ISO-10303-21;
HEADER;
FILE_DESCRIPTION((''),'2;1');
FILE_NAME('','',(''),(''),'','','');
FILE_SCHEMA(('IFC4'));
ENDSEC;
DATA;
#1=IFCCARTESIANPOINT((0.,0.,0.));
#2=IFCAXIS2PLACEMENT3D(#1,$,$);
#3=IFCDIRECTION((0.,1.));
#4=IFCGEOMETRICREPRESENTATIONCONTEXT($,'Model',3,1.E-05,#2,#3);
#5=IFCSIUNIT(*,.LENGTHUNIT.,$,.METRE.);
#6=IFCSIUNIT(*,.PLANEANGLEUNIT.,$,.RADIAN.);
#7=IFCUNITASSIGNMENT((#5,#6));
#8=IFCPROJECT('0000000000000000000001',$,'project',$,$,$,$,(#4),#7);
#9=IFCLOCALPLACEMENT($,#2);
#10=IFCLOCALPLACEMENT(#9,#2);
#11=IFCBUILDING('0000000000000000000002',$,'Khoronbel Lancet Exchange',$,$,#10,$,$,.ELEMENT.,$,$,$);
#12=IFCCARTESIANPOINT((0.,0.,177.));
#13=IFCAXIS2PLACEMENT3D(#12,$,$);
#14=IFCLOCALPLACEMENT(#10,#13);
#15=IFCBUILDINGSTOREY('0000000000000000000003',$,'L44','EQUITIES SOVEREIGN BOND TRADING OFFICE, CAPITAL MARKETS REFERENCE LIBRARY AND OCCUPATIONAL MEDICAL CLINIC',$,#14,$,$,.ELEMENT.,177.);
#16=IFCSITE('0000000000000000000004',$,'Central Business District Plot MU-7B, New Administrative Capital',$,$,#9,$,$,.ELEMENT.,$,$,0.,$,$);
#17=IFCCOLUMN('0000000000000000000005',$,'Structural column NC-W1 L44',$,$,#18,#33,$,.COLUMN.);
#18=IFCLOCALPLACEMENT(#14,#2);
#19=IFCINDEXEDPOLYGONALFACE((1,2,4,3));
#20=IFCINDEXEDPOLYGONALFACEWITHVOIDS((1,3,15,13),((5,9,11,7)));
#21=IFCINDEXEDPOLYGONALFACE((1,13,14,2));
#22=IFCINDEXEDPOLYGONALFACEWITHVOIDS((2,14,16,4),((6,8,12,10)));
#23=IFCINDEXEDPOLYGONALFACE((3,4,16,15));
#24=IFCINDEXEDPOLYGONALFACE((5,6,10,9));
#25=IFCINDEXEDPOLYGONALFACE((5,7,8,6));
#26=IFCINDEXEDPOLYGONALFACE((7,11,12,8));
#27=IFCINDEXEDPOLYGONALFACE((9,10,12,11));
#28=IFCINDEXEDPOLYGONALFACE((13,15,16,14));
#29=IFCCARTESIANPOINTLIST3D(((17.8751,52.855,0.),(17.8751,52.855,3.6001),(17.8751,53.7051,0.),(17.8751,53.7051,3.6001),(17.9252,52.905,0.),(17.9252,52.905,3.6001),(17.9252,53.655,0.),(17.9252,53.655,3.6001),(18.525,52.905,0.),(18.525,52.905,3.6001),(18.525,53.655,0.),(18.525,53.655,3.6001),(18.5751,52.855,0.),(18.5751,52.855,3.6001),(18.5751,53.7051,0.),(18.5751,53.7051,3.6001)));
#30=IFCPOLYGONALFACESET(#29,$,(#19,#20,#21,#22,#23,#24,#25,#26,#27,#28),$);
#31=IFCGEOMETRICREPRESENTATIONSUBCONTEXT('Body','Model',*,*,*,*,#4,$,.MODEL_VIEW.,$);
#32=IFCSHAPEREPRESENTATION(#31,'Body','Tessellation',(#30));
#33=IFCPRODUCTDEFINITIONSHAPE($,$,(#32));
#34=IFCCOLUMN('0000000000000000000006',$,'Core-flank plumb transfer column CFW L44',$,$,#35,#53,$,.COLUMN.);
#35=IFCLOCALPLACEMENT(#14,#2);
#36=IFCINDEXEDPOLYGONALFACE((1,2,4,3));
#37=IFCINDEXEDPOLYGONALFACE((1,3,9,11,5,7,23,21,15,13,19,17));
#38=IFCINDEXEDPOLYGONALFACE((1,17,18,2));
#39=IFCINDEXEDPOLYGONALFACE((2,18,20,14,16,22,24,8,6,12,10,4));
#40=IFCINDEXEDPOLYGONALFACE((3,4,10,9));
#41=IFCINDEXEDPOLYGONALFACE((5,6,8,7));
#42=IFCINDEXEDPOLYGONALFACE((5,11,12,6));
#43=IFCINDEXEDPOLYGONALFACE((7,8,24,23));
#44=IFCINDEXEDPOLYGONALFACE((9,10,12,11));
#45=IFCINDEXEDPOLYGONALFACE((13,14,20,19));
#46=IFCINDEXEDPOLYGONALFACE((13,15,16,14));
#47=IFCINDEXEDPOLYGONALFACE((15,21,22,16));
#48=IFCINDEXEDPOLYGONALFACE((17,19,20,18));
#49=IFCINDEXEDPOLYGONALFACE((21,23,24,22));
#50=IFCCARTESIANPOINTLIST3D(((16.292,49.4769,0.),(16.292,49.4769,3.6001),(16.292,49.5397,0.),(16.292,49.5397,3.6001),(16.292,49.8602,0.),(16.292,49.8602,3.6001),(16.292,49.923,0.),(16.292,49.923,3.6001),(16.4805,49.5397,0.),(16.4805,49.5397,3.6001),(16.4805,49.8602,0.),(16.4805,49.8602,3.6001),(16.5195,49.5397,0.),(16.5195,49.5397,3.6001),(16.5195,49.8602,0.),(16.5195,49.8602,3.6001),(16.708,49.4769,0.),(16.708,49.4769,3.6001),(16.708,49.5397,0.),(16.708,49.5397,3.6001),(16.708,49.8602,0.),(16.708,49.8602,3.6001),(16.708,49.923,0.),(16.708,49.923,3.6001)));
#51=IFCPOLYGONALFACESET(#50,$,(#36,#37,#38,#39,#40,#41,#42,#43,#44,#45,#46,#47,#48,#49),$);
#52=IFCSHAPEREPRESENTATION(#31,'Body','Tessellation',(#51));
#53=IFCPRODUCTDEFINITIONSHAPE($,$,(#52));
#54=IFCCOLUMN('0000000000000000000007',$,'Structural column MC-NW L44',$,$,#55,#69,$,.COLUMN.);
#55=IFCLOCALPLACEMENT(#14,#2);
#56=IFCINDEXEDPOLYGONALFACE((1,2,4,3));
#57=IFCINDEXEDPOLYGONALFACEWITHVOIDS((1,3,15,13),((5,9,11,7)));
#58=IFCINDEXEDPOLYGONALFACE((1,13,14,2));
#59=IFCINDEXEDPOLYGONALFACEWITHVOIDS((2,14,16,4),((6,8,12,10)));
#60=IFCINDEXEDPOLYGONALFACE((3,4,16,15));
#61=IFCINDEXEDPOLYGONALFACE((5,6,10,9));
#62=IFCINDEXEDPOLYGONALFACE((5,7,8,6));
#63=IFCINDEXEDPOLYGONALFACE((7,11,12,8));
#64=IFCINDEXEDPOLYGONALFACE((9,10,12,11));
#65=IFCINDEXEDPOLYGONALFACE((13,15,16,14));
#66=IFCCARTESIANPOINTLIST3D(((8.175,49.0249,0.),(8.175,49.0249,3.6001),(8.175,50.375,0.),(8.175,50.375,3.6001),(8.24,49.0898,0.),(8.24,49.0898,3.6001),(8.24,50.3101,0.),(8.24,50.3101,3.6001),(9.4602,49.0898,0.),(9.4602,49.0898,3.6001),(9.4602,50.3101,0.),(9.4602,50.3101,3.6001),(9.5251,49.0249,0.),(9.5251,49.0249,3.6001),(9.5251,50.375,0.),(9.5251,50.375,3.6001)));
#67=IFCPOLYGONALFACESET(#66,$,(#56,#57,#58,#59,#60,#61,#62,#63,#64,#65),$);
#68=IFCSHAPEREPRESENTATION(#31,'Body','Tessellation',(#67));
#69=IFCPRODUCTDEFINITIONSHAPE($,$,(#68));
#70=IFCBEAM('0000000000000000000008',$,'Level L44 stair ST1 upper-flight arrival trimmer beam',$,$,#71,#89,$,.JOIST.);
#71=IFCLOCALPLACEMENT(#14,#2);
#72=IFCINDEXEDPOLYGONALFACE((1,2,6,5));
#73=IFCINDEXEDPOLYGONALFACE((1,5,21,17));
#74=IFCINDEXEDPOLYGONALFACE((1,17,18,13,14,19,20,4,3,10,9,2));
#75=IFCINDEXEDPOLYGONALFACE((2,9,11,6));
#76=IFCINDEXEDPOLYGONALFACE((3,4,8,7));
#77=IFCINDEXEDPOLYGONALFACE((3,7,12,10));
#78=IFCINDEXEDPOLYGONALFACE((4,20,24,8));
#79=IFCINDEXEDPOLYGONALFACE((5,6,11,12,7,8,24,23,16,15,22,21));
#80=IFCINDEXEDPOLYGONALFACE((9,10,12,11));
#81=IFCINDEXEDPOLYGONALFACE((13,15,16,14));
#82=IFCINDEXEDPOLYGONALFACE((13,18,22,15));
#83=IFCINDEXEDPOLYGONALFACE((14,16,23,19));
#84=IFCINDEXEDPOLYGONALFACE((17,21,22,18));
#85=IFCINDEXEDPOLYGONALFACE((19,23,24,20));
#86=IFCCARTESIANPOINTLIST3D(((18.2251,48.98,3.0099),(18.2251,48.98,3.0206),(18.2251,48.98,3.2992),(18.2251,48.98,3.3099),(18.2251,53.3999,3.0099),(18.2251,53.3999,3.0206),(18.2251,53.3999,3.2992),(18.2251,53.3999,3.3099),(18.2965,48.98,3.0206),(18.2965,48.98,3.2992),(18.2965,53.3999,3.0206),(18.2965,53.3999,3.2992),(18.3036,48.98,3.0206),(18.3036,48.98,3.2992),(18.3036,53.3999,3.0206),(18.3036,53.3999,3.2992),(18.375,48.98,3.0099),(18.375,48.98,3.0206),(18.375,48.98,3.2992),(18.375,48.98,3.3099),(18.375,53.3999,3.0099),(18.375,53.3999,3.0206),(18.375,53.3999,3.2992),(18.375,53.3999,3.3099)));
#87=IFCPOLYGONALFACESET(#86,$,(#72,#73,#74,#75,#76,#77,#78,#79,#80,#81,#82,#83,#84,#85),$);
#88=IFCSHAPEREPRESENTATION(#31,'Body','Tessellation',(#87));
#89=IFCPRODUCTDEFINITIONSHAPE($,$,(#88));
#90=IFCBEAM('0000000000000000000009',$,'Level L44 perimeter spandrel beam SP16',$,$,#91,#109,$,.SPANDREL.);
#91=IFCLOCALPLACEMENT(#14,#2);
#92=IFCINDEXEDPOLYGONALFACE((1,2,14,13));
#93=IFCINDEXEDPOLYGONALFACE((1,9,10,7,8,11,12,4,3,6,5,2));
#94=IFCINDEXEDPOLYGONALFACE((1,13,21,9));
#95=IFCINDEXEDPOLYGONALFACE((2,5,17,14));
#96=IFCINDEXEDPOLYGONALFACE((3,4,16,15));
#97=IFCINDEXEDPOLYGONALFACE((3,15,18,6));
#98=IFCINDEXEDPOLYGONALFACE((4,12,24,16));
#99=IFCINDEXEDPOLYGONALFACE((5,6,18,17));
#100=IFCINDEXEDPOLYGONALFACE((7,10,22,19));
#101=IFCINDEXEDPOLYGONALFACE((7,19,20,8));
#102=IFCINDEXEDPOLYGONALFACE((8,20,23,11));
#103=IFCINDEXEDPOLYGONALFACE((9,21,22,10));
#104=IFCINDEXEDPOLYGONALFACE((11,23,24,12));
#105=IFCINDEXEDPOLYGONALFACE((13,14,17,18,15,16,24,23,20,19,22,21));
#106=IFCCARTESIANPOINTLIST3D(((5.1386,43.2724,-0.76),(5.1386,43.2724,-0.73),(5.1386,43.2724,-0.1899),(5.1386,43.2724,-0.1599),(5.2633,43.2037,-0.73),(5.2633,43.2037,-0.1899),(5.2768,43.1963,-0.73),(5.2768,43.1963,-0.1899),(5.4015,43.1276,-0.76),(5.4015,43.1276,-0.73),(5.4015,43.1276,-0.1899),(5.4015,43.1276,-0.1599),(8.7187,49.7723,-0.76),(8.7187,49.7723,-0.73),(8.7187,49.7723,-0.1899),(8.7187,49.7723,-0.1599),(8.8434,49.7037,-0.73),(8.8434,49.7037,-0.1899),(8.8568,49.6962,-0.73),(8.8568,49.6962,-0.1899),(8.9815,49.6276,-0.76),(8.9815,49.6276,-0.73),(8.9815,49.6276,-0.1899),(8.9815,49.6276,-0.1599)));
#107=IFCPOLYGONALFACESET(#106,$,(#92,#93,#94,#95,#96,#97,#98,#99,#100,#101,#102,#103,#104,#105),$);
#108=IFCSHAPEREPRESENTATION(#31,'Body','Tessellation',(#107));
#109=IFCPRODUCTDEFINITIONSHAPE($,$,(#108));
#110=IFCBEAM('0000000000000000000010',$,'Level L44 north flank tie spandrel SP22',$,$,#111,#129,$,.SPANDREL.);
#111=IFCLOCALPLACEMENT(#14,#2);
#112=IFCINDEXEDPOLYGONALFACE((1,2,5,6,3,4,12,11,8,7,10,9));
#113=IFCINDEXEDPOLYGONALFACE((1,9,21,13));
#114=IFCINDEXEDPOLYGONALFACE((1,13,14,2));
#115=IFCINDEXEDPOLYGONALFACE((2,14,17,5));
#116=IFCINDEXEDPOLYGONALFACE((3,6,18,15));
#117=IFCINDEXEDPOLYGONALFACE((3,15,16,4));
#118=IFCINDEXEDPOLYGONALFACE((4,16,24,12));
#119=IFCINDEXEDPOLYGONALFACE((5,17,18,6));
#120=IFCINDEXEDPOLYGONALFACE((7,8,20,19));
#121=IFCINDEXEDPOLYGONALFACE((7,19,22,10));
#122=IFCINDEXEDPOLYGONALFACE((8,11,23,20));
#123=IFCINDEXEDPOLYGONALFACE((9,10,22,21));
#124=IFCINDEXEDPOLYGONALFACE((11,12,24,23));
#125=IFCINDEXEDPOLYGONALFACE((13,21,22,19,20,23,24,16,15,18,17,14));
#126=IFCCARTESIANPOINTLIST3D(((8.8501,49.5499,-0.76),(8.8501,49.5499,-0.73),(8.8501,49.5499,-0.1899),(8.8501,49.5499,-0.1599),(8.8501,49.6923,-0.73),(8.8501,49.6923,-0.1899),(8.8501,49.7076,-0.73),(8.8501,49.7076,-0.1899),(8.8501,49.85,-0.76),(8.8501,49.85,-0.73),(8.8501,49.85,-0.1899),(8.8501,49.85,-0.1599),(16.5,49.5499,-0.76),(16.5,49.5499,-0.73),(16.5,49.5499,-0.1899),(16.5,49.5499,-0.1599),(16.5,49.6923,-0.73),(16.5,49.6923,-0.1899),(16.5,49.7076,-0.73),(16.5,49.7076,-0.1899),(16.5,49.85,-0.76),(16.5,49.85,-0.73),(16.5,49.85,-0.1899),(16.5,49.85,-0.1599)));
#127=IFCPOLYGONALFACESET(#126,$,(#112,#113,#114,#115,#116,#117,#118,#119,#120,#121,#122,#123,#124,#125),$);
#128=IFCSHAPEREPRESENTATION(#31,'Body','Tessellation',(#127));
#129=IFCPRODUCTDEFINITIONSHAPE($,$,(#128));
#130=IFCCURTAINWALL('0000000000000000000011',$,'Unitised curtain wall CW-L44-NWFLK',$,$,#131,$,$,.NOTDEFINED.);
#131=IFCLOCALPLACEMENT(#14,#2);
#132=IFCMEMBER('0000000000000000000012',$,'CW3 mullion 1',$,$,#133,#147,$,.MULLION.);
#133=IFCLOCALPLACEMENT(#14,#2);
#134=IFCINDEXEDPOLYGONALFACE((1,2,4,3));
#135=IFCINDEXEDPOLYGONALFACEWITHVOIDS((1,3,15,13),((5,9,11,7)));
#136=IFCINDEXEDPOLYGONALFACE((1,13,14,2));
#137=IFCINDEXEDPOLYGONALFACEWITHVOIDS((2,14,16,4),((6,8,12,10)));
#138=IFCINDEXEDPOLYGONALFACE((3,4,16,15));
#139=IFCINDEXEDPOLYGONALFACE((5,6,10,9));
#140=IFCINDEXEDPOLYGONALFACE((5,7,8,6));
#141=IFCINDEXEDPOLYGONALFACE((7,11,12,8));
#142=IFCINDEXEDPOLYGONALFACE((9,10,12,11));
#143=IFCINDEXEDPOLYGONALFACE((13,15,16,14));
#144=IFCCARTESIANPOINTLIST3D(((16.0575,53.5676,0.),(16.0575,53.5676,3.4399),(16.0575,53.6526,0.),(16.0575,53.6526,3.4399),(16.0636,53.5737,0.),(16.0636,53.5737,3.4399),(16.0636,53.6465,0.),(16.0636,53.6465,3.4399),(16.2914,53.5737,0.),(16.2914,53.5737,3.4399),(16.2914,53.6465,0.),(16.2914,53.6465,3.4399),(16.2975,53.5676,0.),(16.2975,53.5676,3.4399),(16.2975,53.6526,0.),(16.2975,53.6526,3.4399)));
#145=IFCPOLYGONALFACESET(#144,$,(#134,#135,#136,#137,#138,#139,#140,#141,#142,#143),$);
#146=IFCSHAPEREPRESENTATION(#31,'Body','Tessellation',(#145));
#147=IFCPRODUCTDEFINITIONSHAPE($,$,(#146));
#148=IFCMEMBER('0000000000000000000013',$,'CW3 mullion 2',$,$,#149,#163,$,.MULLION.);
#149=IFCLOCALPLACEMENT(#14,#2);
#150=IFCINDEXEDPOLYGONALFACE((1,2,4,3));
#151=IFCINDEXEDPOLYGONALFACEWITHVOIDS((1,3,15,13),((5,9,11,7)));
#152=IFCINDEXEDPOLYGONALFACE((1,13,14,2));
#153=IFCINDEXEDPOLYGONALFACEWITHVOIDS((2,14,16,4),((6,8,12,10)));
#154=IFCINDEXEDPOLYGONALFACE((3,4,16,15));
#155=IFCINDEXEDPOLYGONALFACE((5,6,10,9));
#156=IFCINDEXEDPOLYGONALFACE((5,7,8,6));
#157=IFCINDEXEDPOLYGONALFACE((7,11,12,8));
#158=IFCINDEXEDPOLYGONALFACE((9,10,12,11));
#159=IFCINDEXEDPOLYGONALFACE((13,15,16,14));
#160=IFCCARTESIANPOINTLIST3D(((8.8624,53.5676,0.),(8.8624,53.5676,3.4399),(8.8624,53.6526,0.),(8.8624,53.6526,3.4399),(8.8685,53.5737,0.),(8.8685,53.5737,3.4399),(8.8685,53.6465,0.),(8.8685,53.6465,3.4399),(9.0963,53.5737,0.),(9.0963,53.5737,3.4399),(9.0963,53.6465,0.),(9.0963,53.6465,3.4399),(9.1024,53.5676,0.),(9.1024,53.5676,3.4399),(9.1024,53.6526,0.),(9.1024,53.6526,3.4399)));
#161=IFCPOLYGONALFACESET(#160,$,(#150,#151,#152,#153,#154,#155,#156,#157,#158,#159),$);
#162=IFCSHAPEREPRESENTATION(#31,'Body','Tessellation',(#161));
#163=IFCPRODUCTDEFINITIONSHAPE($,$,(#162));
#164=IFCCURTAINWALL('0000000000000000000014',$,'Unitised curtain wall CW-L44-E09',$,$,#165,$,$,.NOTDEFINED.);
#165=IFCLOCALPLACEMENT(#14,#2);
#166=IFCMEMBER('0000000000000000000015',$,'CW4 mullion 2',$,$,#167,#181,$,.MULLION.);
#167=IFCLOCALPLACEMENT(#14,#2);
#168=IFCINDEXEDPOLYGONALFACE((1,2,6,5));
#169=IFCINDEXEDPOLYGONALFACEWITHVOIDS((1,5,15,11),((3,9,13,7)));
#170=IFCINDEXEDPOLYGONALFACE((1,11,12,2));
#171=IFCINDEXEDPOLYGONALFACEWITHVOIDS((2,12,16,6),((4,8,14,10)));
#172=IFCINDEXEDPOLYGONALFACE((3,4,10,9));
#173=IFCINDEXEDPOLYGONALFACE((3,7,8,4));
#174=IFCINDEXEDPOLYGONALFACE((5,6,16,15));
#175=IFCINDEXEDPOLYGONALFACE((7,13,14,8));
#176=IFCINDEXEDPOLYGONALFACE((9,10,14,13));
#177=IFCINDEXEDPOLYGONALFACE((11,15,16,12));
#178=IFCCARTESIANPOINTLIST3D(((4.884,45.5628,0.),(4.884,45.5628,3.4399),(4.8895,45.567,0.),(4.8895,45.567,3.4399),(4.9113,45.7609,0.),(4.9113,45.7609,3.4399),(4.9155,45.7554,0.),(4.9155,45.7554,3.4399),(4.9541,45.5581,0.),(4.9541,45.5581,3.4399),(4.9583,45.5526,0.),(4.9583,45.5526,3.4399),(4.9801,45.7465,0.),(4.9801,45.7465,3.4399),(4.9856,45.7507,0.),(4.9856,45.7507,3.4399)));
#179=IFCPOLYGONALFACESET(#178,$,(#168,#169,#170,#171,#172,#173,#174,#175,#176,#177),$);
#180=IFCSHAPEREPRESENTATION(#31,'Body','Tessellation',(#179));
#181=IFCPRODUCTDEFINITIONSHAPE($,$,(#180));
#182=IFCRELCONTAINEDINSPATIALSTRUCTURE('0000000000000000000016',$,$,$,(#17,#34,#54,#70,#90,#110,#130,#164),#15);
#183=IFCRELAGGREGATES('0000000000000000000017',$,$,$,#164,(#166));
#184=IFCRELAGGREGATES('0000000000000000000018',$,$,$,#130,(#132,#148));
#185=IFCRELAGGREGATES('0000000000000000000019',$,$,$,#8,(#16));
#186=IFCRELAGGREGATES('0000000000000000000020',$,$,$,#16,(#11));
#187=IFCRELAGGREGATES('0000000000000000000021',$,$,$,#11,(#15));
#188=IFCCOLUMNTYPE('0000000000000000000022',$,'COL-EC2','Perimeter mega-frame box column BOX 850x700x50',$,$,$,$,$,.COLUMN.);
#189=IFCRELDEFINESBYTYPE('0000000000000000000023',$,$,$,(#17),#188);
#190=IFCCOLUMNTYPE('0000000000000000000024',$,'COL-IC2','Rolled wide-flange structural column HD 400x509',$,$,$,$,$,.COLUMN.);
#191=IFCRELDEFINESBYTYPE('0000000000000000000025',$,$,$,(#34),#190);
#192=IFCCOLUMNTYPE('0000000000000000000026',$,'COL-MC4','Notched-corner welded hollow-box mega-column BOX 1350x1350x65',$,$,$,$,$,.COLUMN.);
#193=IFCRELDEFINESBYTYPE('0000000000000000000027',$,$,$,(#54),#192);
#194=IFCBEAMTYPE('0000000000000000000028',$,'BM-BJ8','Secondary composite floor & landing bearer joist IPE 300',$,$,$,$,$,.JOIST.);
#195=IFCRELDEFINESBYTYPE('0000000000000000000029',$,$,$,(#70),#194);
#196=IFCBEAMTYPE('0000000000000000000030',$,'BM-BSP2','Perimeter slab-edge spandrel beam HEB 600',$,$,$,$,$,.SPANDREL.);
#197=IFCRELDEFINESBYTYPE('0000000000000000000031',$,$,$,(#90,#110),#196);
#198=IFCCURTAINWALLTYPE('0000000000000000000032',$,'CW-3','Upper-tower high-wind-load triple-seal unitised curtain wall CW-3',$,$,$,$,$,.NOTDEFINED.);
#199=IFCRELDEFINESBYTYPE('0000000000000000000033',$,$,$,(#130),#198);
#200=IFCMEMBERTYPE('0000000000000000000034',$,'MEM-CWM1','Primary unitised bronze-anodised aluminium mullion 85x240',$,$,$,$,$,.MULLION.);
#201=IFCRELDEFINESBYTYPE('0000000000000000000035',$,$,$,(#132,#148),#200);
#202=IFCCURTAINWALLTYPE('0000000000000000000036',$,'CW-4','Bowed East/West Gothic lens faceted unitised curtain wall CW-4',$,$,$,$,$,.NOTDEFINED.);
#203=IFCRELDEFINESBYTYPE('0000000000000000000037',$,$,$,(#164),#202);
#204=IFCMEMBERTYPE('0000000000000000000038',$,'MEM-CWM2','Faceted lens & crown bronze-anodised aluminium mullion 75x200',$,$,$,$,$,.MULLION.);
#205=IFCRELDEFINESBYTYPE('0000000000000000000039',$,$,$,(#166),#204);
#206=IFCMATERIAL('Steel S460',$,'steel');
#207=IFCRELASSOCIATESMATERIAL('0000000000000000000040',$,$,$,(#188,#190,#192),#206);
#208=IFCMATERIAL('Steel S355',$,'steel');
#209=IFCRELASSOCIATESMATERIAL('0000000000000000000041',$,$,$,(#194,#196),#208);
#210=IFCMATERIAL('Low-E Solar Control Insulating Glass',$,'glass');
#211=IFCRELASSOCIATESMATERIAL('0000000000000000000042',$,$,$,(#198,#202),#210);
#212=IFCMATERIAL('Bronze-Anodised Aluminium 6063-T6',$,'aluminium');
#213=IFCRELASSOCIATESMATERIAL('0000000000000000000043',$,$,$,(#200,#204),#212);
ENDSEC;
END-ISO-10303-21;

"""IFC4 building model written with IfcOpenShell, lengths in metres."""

from ifc_helpers import new_model, si_unit, direction, frame, origin, origin_2d, place, context, subcontext, project, spatial, hollow_rectangle, i_section, extrude, material, material_profile, profile_set, type_object, element, aggregate, save


model = new_model("IFC4")

# Units and contexts
model_context = context("Model", 3, precision=1e-05, world=origin(), true_north=direction((0.0, 1.0)))
body_context = subcontext(model_context, "Body", "Model", "MODEL_VIEW")
ifc_project = project(units=[si_unit("LENGTHUNIT", "METRE"), si_unit("PLANEANGLEUNIT", "RADIAN")], contexts=[model_context])

# Site, building, storey
site_placement = place(None, origin())
site = spatial("IfcSite", under=ifc_project, at=site_placement, Name="Central Business District Plot MU-7B, New Administrative Capital", CompositionType="ELEMENT", RefElevation=0.0)
building_placement = place(site_placement, origin())
building = spatial("IfcBuilding", under=site, at=building_placement, Name="Khoronbel Lancet Exchange", CompositionType="ELEMENT")
storey_placement = place(building_placement, frame((0.0, 0.0, 177.0)))
storey = spatial("IfcBuildingStorey", under=building, at=storey_placement, Name="L44", Description="EQUITIES SOVEREIGN BOND TRADING OFFICE, CAPITAL MARKETS REFERENCE LIBRARY AND OCCUPATIONAL MEDICAL CLINIC", CompositionType="ELEMENT", Elevation=177.0)

# Columns
ifc_material_1 = material(Name="Steel S460", Category="steel")
ifc_material_profile_1 = material_profile(ifc_material_1, hollow_rectangle(XDim=0.7, YDim=0.8501, WallThickness=0.05, at=origin_2d()), Name="BOX 850x700x50")
ifc_profile_set_1 = profile_set([ifc_material_profile_1], Name="Steel S460")
column_type_1 = type_object("IfcColumnType", Name="COL-EC2", Description="Perimeter mega-frame box column BOX 850x700x50", PredefinedType="COLUMN", material=ifc_profile_set_1)
column_1_placement = place(storey_placement, frame((18.2251, 53.28, 0.0), z_axis=(0.0, 0.0, 1.0), x_axis=(1.0, 0.0, 0.0)))
element("IfcColumn", 1, at=column_1_placement, inside=storey, type_object=column_type_1, Name="Structural column NC-W1 L44", PredefinedType="COLUMN", context=body_context, shape_type="SweptSolid", body=[
    extrude(hollow_rectangle(XDim=0.7, YDim=0.8501, WallThickness=0.05, at=origin_2d()), origin(), (0.0, 0.0, 1.0), 3.6001),
])
ifc_material_profile_2 = material_profile(ifc_material_1, i_section(OverallWidth=0.416, OverallDepth=0.446, WebThickness=0.0391, FlangeThickness=0.0627, at=origin_2d()), Name="HD 400x509")
ifc_profile_set_2 = profile_set([ifc_material_profile_2], Name="Steel S460")
column_type_2 = type_object("IfcColumnType", Name="COL-IC2", Description="Rolled wide-flange structural column HD 400x509", PredefinedType="COLUMN", material=ifc_profile_set_2)
column_2_placement = place(storey_placement, frame((16.5, 49.7, 0.0), z_axis=(0.0, 0.0, 1.0), x_axis=(1.0, 0.0, 0.0)))
element("IfcColumn", 2, at=column_2_placement, inside=storey, type_object=column_type_2, Name="Core-flank plumb transfer column CFW L44", PredefinedType="COLUMN", context=body_context, shape_type="SweptSolid", body=[
    extrude(i_section(OverallWidth=0.416, OverallDepth=0.446, WebThickness=0.0391, FlangeThickness=0.0627, at=origin_2d()), origin(), (0.0, 0.0, 1.0), 3.6001),
])
ifc_material_profile_3 = material_profile(ifc_material_1, hollow_rectangle(XDim=1.3501, YDim=1.3501, WallThickness=0.0649, at=origin_2d()), Name="BOX 1350x1350x65")
ifc_profile_set_3 = profile_set([ifc_material_profile_3], Name="Steel S460")
column_type_3 = type_object("IfcColumnType", Name="COL-MC4", Description="Notched-corner welded hollow-box mega-column BOX 1350x1350x65", PredefinedType="COLUMN", material=ifc_profile_set_3)
column_3_placement = place(storey_placement, frame((8.8501, 49.7, 0.0), z_axis=(0.0, 0.0, 1.0), x_axis=(1.0, 0.0, 0.0)))
element("IfcColumn", 3, at=column_3_placement, inside=storey, type_object=column_type_3, Name="Structural column MC-NW L44", PredefinedType="COLUMN", context=body_context, shape_type="SweptSolid", body=[
    extrude(hollow_rectangle(XDim=1.3501, YDim=1.3501, WallThickness=0.0649, at=origin_2d()), origin(), (0.0, 0.0, 1.0), 3.6001),
])

# Beams
ifc_material_2 = material(Name="Steel S355", Category="steel")
ifc_material_profile_4 = material_profile(ifc_material_2, i_section(OverallWidth=0.1499, OverallDepth=0.3, WebThickness=0.0071, FlangeThickness=0.0107, at=origin_2d()), Name="IPE 300")
ifc_profile_set_4 = profile_set([ifc_material_profile_4], Name="Steel S355")
beam_type_1 = type_object("IfcBeamType", Name="BM-BJ8", Description="Secondary composite floor & landing bearer joist IPE 300", PredefinedType="JOIST", material=ifc_profile_set_4)
beam_1_placement = place(storey_placement, frame((18.3, 48.98, 3.1599), z_axis=(0.0, 1.0, 0.0), x_axis=(-1.0, 0.0, 0.0)))
element("IfcBeam", 4, at=beam_1_placement, inside=storey, type_object=beam_type_1, Name="Level L44 stair ST1 upper-flight arrival trimmer beam", PredefinedType="JOIST", context=body_context, shape_type="SweptSolid", body=[
    extrude(i_section(OverallWidth=0.1499, OverallDepth=0.3, WebThickness=0.0071, FlangeThickness=0.0107, at=origin_2d()), origin(), (0.0, 0.0, 1.0), 4.4199),
])
ifc_material_profile_5 = material_profile(ifc_material_2, i_section(OverallWidth=0.3, OverallDepth=0.6001, WebThickness=0.0154, FlangeThickness=0.03, at=origin_2d()), Name="HEB 600")
ifc_profile_set_5 = profile_set([ifc_material_profile_5], Name="Steel S355")
beam_type_2 = type_object("IfcBeamType", Name="BM-BSP2", Description="Perimeter slab-edge spandrel beam HEB 600", PredefinedType="SPANDREL", material=ifc_profile_set_5)
beam_2_placement = place(storey_placement, frame((8.8501, 49.7, -0.46), z_axis=(-0.482444, -0.875927, 0.0), x_axis=(0.875927, -0.482444, 0.0)))
element("IfcBeam", 5, at=beam_2_placement, inside=storey, type_object=beam_type_2, Name="Level L44 perimeter spandrel beam SP16", PredefinedType="SPANDREL", context=body_context, shape_type="SweptSolid", body=[
    extrude(i_section(OverallWidth=0.3, OverallDepth=0.6001, WebThickness=0.0154, FlangeThickness=0.03, at=origin_2d()), origin(), (0.0, 0.0, 1.0), 7.4207),
])
beam_3_placement = place(storey_placement, frame((8.8501, 49.7, -0.46), z_axis=(1.0, 0.0, 0.0), x_axis=(0.0, 1.0, 0.0)))
element("IfcBeam", 6, at=beam_3_placement, inside=storey, type_object=beam_type_2, Name="Level L44 north flank tie spandrel SP22", PredefinedType="SPANDREL", context=body_context, shape_type="SweptSolid", body=[
    extrude(i_section(OverallWidth=0.3, OverallDepth=0.6001, WebThickness=0.0154, FlangeThickness=0.03, at=origin_2d()), origin(), (0.0, 0.0, 1.0), 7.6499),
])

# Curtain wall, members
ifc_material_3 = material(Name="Low-E Solar Control Insulating Glass", Category="glass")
curtain_wall_type_1 = type_object("IfcCurtainWallType", Name="CW-3", Description="Upper-tower high-wind-load triple-seal unitised curtain wall CW-3", PredefinedType="NOTDEFINED", material=ifc_material_3)
curtain_wall_1_placement = place(storey_placement, origin())
curtain_wall_1 = element("IfcCurtainWall", 7, at=curtain_wall_1_placement, inside=storey, type_object=curtain_wall_type_1, Name="Unitised curtain wall CW-L44-NWFLK", PredefinedType="NOTDEFINED")
ifc_material_4 = material(Name="Bronze-Anodised Aluminium 6063-T6", Category="aluminium")
ifc_material_profile_6 = material_profile(ifc_material_4, hollow_rectangle(XDim=0.085, YDim=0.24, WallThickness=0.0061, at=origin_2d()), Name="ALU MULLION 85x240")
ifc_profile_set_6 = profile_set([ifc_material_profile_6], Name="Bronze-Anodised Aluminium 6063-T6")
member_type_1 = type_object("IfcMemberType", Name="MEM-CWM1", Description="Primary unitised bronze-anodised aluminium mullion 85x240", PredefinedType="MULLION", material=ifc_profile_set_6)
member_1_placement = place(storey_placement, frame((16.1775, 53.6101, 0.0), z_axis=(0.0, 0.0, 1.0), x_axis=(0.0, -1.0, 0.0)))
member_1 = element("IfcMember", 8, at=member_1_placement, type_object=member_type_1, Name="CW3 mullion 1", PredefinedType="MULLION", context=body_context, shape_type="SweptSolid", body=[
    extrude(hollow_rectangle(XDim=0.085, YDim=0.24, WallThickness=0.0061, at=origin_2d()), origin(), (0.0, 0.0, 1.0), 3.4399),
])
member_2_placement = place(storey_placement, frame((8.9824, 53.6101, 0.0), z_axis=(0.0, 0.0, 1.0), x_axis=(0.0, -1.0, 0.0)))
member_2 = element("IfcMember", 9, at=member_2_placement, type_object=member_type_1, Name="CW3 mullion 2", PredefinedType="MULLION", context=body_context, shape_type="SweptSolid", body=[
    extrude(hollow_rectangle(XDim=0.085, YDim=0.24, WallThickness=0.0061, at=origin_2d()), origin(), (0.0, 0.0, 1.0), 3.4399),
])

# Curtain wall, member
curtain_wall_type_2 = type_object("IfcCurtainWallType", Name="CW-4", Description="Bowed East/West Gothic lens faceted unitised curtain wall CW-4", PredefinedType="NOTDEFINED", material=ifc_material_3)
curtain_wall_2_placement = place(storey_placement, origin())
curtain_wall_2 = element("IfcCurtainWall", 10, at=curtain_wall_2_placement, inside=storey, type_object=curtain_wall_type_2, Name="Unitised curtain wall CW-L44-E09", PredefinedType="NOTDEFINED")
ifc_material_profile_7 = material_profile(ifc_material_4, hollow_rectangle(XDim=0.075, YDim=0.2, WallThickness=0.0049, at=origin_2d()), Name="ALU MULLION 75x200")
ifc_profile_set_7 = profile_set([ifc_material_profile_7], Name="Bronze-Anodised Aluminium 6063-T6")
member_type_2 = type_object("IfcMemberType", Name="MEM-CWM2", Description="Faceted lens & crown bronze-anodised aluminium mullion 75x200", PredefinedType="MULLION", material=ifc_profile_set_7)
member_3_placement = place(storey_placement, frame((4.9348, 45.6567, 0.0), z_axis=(0.0, 0.0, 1.0), x_axis=(-0.990634, 0.136541, 0.0)))
member_3 = element("IfcMember", 11, at=member_3_placement, type_object=member_type_2, Name="CW4 mullion 2", PredefinedType="MULLION", context=body_context, shape_type="SweptSolid", body=[
    extrude(hollow_rectangle(XDim=0.075, YDim=0.2, WallThickness=0.0049, at=origin_2d()), origin(), (0.0, 0.0, 1.0), 3.4399),
])
aggregate(curtain_wall_2, [member_3])

aggregate(curtain_wall_1, [member_1, member_2])

save(model, "model.ifc")
